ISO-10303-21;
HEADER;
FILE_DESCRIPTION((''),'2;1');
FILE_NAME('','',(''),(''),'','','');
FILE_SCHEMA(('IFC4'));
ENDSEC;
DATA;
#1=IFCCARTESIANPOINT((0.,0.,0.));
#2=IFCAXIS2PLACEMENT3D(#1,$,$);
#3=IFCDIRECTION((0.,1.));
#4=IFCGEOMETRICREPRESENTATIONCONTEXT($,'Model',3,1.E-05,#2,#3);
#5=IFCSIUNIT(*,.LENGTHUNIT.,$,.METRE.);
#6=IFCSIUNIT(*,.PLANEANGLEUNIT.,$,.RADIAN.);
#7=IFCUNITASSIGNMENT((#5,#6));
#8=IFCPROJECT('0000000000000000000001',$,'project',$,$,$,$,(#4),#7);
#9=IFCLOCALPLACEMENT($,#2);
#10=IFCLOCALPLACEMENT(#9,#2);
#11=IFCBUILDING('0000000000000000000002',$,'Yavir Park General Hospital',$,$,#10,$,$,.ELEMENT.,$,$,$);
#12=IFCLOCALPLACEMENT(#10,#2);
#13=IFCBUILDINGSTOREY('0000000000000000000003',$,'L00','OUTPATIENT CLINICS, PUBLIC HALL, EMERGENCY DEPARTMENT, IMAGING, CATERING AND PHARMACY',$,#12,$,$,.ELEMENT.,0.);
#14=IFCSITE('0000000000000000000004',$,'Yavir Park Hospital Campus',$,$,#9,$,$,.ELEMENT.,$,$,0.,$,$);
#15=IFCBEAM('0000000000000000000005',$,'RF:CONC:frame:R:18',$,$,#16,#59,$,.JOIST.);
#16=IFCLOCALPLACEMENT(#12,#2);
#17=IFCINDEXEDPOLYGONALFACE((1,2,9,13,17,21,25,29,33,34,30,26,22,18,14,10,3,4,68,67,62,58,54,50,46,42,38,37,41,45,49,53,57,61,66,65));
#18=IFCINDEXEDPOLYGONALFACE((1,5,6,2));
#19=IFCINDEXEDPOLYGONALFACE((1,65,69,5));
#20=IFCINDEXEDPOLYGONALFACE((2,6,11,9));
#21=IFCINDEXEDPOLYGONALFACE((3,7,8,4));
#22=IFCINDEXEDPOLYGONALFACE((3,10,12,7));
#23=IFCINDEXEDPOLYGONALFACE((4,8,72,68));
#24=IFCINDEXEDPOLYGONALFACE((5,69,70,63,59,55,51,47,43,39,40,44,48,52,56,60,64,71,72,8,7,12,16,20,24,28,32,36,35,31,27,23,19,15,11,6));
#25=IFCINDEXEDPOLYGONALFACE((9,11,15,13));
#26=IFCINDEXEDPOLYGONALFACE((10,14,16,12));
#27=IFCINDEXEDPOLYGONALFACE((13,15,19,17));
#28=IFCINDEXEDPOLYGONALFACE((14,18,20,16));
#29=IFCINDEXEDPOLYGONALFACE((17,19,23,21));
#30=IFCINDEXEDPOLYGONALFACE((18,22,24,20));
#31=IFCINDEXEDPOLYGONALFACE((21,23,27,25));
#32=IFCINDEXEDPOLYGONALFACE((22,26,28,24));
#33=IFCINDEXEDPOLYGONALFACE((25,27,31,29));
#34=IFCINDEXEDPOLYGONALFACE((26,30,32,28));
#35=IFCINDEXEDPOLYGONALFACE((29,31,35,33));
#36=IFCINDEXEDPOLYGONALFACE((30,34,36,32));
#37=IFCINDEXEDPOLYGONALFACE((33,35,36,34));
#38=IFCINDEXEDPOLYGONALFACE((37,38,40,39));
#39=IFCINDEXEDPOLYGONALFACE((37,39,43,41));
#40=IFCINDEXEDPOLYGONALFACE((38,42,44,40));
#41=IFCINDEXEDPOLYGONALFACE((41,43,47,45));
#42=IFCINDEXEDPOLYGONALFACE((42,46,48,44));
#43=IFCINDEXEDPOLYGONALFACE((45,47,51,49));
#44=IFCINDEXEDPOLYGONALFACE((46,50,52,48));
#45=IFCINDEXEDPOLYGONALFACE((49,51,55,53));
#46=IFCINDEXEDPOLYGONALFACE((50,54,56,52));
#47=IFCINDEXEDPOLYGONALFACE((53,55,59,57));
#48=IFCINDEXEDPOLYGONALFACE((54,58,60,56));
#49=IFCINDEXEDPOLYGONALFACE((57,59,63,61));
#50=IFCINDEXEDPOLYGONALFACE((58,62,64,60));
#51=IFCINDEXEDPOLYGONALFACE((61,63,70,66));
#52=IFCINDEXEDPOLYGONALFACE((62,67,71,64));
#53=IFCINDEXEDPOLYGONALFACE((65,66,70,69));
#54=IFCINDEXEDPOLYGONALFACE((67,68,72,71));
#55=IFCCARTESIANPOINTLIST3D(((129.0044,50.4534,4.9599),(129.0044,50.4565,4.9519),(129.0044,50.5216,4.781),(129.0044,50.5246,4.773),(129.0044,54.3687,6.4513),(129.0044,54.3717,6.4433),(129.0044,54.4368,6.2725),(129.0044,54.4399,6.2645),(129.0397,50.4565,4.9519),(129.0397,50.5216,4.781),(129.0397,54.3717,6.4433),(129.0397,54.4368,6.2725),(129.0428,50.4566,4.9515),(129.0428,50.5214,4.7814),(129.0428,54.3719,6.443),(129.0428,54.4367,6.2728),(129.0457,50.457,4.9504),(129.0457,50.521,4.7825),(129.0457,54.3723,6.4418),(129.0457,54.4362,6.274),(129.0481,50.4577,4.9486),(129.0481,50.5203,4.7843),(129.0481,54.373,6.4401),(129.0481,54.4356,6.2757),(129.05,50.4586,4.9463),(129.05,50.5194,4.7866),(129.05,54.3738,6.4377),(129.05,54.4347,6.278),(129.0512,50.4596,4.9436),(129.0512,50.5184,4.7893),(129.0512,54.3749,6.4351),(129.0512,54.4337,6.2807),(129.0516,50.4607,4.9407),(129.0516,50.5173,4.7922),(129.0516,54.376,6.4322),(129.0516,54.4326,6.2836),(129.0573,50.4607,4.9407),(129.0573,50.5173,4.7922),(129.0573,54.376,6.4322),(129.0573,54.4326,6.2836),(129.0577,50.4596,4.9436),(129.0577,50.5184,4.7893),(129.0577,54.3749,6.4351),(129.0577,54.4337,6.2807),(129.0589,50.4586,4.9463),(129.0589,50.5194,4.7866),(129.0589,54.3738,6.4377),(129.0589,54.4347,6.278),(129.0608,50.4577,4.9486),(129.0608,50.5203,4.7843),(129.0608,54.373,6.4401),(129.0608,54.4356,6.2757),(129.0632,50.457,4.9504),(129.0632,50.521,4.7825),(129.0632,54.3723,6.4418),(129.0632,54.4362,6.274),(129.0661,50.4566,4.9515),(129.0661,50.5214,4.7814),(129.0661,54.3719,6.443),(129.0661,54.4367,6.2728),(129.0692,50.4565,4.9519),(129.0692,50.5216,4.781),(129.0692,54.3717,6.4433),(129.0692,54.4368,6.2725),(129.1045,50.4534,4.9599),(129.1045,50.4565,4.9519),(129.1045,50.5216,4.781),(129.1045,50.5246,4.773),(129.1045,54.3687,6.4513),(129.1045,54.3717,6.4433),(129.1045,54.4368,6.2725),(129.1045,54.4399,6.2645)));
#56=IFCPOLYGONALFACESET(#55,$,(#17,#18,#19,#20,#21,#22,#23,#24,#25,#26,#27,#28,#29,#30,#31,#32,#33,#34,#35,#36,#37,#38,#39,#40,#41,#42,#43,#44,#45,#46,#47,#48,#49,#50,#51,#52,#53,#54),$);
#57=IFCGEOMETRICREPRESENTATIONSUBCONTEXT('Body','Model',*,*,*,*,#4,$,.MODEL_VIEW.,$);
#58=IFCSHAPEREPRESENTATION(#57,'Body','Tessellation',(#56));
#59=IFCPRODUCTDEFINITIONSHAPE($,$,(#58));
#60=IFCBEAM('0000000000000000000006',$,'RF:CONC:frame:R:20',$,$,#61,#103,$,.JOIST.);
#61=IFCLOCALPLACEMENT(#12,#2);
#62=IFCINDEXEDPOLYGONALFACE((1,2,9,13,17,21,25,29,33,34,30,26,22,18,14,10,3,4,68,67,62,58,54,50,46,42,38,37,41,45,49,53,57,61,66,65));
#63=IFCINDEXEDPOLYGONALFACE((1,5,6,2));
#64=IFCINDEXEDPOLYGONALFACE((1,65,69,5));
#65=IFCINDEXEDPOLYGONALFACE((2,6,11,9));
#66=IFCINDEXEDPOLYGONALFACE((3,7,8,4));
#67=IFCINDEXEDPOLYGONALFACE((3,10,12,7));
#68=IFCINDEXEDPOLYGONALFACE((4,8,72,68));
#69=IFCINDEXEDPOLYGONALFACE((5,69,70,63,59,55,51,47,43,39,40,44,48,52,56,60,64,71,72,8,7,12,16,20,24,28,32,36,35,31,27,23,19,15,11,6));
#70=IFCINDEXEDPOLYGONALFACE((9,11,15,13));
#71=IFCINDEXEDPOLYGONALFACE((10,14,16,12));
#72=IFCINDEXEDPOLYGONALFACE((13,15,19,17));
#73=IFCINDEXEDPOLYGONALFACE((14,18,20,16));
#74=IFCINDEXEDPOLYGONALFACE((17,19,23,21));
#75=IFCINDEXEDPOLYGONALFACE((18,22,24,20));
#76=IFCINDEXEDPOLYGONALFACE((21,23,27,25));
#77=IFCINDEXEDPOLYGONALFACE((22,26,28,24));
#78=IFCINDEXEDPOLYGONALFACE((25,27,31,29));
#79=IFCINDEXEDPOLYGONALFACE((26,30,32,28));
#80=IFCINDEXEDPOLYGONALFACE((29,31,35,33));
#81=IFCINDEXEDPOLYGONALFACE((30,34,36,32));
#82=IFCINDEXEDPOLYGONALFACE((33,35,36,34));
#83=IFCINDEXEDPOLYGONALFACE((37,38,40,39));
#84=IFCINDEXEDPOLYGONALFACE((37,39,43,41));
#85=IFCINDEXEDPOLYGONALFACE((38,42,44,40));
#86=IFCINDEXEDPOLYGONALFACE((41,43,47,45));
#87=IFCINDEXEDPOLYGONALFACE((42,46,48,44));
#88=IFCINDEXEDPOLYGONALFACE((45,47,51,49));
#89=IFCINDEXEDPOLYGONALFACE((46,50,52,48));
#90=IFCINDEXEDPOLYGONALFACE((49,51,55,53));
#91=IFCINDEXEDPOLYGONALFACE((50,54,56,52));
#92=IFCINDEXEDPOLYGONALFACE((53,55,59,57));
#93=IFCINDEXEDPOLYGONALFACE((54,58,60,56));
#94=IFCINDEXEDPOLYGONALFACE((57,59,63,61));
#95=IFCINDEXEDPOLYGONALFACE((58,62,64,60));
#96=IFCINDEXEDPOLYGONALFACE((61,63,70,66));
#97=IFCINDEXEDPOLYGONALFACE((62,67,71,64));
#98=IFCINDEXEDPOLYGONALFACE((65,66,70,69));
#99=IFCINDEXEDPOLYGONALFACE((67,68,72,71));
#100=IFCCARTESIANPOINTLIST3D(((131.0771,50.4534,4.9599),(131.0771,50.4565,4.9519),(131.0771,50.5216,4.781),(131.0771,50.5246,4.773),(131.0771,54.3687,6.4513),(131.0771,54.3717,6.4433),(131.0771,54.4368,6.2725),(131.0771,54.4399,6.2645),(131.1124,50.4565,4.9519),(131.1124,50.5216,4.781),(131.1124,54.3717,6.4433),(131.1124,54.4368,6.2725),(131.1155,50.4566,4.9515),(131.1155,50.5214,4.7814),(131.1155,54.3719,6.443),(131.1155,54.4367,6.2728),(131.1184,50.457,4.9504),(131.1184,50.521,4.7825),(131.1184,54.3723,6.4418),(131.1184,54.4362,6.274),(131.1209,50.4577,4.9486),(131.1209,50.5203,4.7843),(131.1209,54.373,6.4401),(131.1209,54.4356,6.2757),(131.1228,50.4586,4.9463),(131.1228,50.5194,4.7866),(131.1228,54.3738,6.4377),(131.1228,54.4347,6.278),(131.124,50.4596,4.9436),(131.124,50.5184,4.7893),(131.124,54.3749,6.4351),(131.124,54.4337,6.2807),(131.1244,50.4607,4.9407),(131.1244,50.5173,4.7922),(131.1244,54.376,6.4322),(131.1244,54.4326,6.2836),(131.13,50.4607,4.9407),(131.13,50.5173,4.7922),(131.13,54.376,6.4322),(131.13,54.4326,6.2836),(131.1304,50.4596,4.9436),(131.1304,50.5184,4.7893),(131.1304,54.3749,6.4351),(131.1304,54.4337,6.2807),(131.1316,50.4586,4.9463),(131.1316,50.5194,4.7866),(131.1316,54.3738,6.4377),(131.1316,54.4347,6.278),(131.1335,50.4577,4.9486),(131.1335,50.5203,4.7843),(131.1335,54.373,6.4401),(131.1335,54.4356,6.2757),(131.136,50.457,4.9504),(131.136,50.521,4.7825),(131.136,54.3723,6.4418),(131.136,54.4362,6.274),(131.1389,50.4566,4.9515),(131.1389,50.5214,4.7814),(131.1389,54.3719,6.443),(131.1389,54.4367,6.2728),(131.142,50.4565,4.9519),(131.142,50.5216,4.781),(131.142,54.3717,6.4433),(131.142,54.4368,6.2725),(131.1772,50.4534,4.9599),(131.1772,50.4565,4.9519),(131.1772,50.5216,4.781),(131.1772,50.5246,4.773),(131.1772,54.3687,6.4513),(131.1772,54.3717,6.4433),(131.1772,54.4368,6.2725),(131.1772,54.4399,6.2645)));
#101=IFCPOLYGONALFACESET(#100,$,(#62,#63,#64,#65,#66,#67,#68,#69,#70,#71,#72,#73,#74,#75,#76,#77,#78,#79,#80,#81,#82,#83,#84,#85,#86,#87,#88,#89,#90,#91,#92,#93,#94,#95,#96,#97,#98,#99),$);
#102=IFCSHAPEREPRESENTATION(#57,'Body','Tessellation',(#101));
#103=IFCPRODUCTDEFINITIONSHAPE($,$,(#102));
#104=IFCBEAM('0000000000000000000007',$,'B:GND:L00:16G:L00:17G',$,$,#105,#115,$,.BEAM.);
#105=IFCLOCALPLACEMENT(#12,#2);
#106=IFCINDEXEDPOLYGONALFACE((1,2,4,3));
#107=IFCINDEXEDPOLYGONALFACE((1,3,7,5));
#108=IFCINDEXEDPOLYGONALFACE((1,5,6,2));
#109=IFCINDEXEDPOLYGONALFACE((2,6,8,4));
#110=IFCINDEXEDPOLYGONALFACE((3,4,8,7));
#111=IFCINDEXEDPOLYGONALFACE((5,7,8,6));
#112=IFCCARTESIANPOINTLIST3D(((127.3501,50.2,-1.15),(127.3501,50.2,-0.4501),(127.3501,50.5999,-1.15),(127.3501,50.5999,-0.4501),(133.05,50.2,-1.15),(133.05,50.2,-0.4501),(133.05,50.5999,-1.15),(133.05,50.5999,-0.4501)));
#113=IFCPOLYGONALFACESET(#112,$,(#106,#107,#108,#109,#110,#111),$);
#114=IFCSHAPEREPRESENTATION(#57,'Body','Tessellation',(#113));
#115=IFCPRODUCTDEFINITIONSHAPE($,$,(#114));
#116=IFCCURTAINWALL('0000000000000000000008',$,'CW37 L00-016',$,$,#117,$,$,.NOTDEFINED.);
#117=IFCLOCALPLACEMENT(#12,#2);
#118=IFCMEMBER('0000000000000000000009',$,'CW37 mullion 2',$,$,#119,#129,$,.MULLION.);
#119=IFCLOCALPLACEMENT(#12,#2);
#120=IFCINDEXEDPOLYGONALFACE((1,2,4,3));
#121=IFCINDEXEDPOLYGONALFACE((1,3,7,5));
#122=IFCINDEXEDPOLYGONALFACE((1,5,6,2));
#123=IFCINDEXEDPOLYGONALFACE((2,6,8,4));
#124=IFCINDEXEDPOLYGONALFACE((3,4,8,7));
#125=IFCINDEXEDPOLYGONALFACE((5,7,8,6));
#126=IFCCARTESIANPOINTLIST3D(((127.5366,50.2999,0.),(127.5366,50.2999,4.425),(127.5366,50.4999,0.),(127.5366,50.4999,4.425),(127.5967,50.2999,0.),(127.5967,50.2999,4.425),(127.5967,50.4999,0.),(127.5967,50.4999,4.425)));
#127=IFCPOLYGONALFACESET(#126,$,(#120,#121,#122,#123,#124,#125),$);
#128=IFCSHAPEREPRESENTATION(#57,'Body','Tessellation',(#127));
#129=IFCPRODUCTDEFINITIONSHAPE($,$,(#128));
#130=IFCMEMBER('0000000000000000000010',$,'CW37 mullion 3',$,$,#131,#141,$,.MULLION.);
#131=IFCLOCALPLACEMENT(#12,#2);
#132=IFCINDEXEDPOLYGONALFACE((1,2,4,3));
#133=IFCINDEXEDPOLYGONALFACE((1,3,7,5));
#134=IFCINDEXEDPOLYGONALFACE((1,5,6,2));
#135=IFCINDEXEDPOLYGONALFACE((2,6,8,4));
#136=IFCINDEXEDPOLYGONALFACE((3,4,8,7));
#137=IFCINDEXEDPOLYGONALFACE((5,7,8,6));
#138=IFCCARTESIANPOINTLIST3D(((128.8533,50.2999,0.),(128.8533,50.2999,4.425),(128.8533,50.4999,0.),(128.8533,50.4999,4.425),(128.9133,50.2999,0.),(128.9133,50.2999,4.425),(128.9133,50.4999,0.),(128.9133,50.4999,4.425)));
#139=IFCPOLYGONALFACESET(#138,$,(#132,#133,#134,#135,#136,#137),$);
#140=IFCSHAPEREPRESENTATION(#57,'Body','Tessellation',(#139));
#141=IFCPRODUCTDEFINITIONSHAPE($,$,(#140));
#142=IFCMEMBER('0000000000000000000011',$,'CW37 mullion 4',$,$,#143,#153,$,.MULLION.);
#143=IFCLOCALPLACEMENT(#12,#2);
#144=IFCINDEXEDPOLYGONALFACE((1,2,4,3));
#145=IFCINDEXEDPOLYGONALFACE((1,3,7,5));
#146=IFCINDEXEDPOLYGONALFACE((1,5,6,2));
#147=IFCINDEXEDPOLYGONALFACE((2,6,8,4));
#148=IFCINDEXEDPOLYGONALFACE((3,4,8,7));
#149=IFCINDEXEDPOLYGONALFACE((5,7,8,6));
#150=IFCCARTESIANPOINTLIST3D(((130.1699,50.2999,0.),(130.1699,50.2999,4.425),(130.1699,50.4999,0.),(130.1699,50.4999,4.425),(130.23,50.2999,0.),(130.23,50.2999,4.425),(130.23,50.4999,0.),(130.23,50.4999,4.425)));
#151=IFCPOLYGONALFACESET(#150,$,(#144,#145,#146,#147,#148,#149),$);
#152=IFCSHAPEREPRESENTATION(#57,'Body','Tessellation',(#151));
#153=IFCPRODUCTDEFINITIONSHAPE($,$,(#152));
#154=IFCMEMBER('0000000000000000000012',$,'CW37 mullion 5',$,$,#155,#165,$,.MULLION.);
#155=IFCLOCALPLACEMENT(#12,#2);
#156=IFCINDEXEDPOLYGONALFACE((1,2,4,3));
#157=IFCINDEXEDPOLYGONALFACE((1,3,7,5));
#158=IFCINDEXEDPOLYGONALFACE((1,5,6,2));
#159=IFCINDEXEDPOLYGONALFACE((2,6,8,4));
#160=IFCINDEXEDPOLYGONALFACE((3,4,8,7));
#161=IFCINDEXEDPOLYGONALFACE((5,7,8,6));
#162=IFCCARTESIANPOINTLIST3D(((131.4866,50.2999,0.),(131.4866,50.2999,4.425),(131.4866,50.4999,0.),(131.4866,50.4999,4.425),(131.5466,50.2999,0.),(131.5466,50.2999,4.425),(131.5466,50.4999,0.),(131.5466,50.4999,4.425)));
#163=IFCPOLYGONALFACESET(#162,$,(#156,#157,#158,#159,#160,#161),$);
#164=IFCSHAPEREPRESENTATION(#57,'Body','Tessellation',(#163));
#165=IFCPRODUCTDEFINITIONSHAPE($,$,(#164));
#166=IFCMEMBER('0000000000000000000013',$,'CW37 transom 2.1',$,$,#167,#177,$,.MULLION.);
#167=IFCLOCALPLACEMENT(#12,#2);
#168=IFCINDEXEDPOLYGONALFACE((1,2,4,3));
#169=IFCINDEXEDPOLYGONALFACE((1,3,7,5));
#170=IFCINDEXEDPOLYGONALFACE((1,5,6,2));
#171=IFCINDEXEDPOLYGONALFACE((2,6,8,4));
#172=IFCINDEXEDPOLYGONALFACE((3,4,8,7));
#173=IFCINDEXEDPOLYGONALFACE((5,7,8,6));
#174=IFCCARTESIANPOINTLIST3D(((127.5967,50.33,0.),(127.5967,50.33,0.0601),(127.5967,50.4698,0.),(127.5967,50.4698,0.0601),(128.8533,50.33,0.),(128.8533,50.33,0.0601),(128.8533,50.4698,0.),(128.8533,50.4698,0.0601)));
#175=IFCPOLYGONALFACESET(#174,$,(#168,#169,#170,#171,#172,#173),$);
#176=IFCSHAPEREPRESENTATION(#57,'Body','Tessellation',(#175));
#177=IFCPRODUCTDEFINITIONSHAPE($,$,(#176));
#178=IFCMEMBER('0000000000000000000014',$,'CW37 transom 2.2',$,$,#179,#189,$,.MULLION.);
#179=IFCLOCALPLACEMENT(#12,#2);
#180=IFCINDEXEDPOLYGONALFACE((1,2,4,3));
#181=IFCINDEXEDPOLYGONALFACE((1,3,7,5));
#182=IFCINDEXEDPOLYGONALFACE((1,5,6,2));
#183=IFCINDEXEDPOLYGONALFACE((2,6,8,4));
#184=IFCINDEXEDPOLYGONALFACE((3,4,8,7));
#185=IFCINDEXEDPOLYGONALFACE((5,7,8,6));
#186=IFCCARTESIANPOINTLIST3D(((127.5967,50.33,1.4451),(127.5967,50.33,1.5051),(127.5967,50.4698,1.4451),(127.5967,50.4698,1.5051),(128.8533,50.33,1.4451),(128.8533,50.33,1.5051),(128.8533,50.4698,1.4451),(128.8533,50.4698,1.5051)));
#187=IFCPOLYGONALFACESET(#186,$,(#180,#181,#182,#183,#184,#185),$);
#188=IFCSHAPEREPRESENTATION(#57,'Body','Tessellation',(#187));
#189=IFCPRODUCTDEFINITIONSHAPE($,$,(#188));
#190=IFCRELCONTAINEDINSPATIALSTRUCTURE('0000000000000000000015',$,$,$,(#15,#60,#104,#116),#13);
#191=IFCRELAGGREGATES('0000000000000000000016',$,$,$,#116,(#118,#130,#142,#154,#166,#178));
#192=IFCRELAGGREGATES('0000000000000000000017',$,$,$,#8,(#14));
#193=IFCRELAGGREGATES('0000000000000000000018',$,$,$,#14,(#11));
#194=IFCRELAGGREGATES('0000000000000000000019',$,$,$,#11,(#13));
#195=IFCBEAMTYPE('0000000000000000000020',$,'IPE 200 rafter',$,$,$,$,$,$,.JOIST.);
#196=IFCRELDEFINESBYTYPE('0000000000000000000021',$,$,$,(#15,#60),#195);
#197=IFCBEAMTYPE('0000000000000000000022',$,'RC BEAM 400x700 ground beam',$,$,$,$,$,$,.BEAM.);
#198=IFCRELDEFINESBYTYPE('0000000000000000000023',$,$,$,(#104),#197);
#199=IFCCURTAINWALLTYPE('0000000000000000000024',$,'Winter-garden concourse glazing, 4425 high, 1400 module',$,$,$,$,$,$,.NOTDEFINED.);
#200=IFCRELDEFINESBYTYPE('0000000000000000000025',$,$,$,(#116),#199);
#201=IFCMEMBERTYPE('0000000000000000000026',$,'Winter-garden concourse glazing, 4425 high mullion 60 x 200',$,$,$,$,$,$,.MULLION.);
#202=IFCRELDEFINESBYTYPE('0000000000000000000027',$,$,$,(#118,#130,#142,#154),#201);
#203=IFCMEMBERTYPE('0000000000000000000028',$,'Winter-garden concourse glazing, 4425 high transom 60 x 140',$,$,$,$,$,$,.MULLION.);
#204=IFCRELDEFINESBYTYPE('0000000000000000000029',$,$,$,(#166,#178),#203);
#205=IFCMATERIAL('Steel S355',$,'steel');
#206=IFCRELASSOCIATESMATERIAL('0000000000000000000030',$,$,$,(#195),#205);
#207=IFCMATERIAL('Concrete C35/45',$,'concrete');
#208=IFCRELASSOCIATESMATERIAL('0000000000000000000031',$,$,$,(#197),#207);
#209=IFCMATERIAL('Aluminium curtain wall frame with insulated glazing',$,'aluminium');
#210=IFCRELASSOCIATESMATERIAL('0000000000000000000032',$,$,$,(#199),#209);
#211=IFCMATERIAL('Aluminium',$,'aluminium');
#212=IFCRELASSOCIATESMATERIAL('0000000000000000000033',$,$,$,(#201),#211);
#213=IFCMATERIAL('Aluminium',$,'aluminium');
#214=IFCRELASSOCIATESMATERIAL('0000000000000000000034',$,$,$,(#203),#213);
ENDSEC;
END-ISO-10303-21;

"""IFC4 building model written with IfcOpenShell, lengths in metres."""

from ifc_helpers import new_model, si_unit, direction, frame, origin, origin_2d, place, context, subcontext, project, spatial, rectangle, i_section, extrude, material, material_profile, profile_set, type_object, element, aggregate, save


model = new_model("IFC4")

# Units and contexts
model_context = context("Model", 3, precision=1e-05, world=origin(), true_north=direction((0.0, 1.0)))
body_context = subcontext(model_context, "Body", "Model", "MODEL_VIEW")
ifc_project = project(units=[si_unit("LENGTHUNIT", "METRE"), si_unit("PLANEANGLEUNIT", "RADIAN")], contexts=[model_context])

# Site, building, storey
site_placement = place(None, origin())
site = spatial("IfcSite", under=ifc_project, at=site_placement, Name="Yavir Park Hospital Campus", CompositionType="ELEMENT", RefElevation=0.0)
building_placement = place(site_placement, origin())
building = spatial("IfcBuilding", under=site, at=building_placement, Name="Yavir Park General Hospital", CompositionType="ELEMENT")
storey_placement = place(building_placement, origin())
storey = spatial("IfcBuildingStorey", under=building, at=storey_placement, Name="L00", Description="OUTPATIENT CLINICS, PUBLIC HALL, EMERGENCY DEPARTMENT, IMAGING, CATERING AND PHARMACY", CompositionType="ELEMENT", Elevation=0.0)

# Beams
ifc_material_1 = material(Name="Steel S355", Category="steel")
ifc_material_profile_1 = material_profile(ifc_material_1, i_section(OverallWidth=0.1001, OverallDepth=0.2, WebThickness=0.0056, FlangeThickness=0.0085, FilletRadius=0.012, at=origin_2d()), Name="IPE200")
ifc_profile_set_1 = profile_set([ifc_material_profile_1], Name="Steel S355")
beam_type_1 = type_object("IfcBeamType", Name="IPE 200 rafter", PredefinedType="JOIST", material=ifc_profile_set_1)
for number, where, z_axis, x_axis, name in (
    (1, (129.0544, 50.489, 4.8665), (0.0, 0.934494, 0.355978), (-1.0, 0.0, 0.0), "RF:CONC:frame:R:18"),
    (2, (131.1272, 50.489, 4.8665), (0.0, 0.934494, 0.355978), (-1.0, 0.0, 0.0), "RF:CONC:frame:R:20"),
):
    element("IfcBeam", number, at=place(storey_placement, frame(where, z_axis=z_axis, x_axis=x_axis)), inside=storey, type_object=beam_type_1, Name=name, PredefinedType="JOIST", context=body_context, shape_type="SweptSolid", body=[
        extrude(i_section(OverallWidth=0.1001, OverallDepth=0.2, WebThickness=0.0056, FlangeThickness=0.0085, FilletRadius=0.012, at=origin_2d()), origin(), (0.0, 0.0, 1.0), 4.1897),
    ])
ifc_material_2 = material(Name="Concrete C35/45", Category="concrete")
ifc_material_profile_2 = material_profile(ifc_material_2, rectangle(XDim=0.3999, YDim=0.7, at=origin_2d()), Name="RC400x700")
ifc_profile_set_2 = profile_set([ifc_material_profile_2], Name="Concrete C35/45")
beam_type_2 = type_object("IfcBeamType", Name="RC BEAM 400x700 ground beam", PredefinedType="BEAM", material=ifc_profile_set_2)
beam_placement = place(storey_placement, frame((127.3501, 50.3999, -0.8), z_axis=(1.0, 0.0, 0.0), x_axis=(0.0, 1.0, 0.0)))
element("IfcBeam", 3, at=beam_placement, inside=storey, type_object=beam_type_2, Name="B:GND:L00:16G:L00:17G", PredefinedType="BEAM", context=body_context, shape_type="SweptSolid", body=[
    extrude(rectangle(XDim=0.3999, YDim=0.7, at=origin_2d()), origin(), (0.0, 0.0, 1.0), 5.7),
])

# Curtain wall, members
ifc_material_3 = material(Name="Aluminium curtain wall frame with insulated glazing", Category="aluminium")
curtain_wall_type = type_object("IfcCurtainWallType", Name="Winter-garden concourse glazing, 4425 high, 1400 module", PredefinedType="NOTDEFINED", material=ifc_material_3)
curtain_wall_placement = place(storey_placement, origin())
curtain_wall = element("IfcCurtainWall", 4, at=curtain_wall_placement, inside=storey, type_object=curtain_wall_type, Name="CW37 L00-016", PredefinedType="NOTDEFINED")
ifc_material_4 = material(Name="Aluminium", Category="aluminium")
ifc_material_profile_3 = material_profile(ifc_material_4, rectangle(XDim=0.2, YDim=0.0601, at=origin_2d()), Name="AL 60x200")
ifc_profile_set_3 = profile_set([ifc_material_profile_3], Name="Aluminium")
member_type_1 = type_object("IfcMemberType", Name="Winter-garden concourse glazing, 4425 high mullion 60 x 200", PredefinedType="MULLION", material=ifc_profile_set_3)
member_1_placement = place(storey_placement, frame((127.5667, 50.3999, 0.0), z_axis=(0.0, 0.0, 1.0), x_axis=(0.0, 1.0, 0.0)))
member_1 = element("IfcMember", 5, at=member_1_placement, type_object=member_type_1, Name="CW37 mullion 2", PredefinedType="MULLION", context=body_context, shape_type="SweptSolid", body=[
    extrude(rectangle(XDim=0.2, YDim=0.0601, at=origin_2d()), origin(), (0.0, 0.0, 1.0), 4.425),
])
member_2_placement = place(storey_placement, frame((128.8833, 50.3999, 0.0), z_axis=(0.0, 0.0, 1.0), x_axis=(0.0, 1.0, 0.0)))
member_2 = element("IfcMember", 6, at=member_2_placement, type_object=member_type_1, Name="CW37 mullion 3", PredefinedType="MULLION", context=body_context, shape_type="SweptSolid", body=[
    extrude(rectangle(XDim=0.2, YDim=0.0601, at=origin_2d()), origin(), (0.0, 0.0, 1.0), 4.425),
])
member_3_placement = place(storey_placement, frame((130.2, 50.3999, 0.0), z_axis=(0.0, 0.0, 1.0), x_axis=(0.0, 1.0, 0.0)))
member_3 = element("IfcMember", 7, at=member_3_placement, type_object=member_type_1, Name="CW37 mullion 4", PredefinedType="MULLION", context=body_context, shape_type="SweptSolid", body=[
    extrude(rectangle(XDim=0.2, YDim=0.0601, at=origin_2d()), origin(), (0.0, 0.0, 1.0), 4.425),
])
member_4_placement = place(storey_placement, frame((131.5166, 50.3999, 0.0), z_axis=(0.0, 0.0, 1.0), x_axis=(0.0, 1.0, 0.0)))
member_4 = element("IfcMember", 8, at=member_4_placement, type_object=member_type_1, Name="CW37 mullion 5", PredefinedType="MULLION", context=body_context, shape_type="SweptSolid", body=[
    extrude(rectangle(XDim=0.2, YDim=0.0601, at=origin_2d()), origin(), (0.0, 0.0, 1.0), 4.425),
])
ifc_material_5 = material(Name="Aluminium", Category="aluminium")
ifc_material_profile_4 = material_profile(ifc_material_5, rectangle(XDim=0.1399, YDim=0.0601, at=origin_2d()), Name="AL 140x60")
ifc_profile_set_4 = profile_set([ifc_material_profile_4], Name="Aluminium")
member_type_2 = type_object("IfcMemberType", Name="Winter-garden concourse glazing, 4425 high transom 60 x 140", PredefinedType="MULLION", material=ifc_profile_set_4)
member_5_placement = place(storey_placement, frame((127.5967, 50.3999, 0.03), z_axis=(1.0, 0.0, 0.0), x_axis=(0.0, 1.0, 0.0)))
member_5 = element("IfcMember", 9, at=member_5_placement, type_object=member_type_2, Name="CW37 transom 2.1", PredefinedType="MULLION", context=body_context, shape_type="SweptSolid", body=[
    extrude(rectangle(XDim=0.1399, YDim=0.0601, at=origin_2d()), origin(), (0.0, 0.0, 1.0), 1.2566),
])
member_6_placement = place(storey_placement, frame((127.5967, 50.3999, 1.4751), z_axis=(1.0, 0.0, 0.0), x_axis=(0.0, 1.0, 0.0)))
member_6 = element("IfcMember", 10, at=member_6_placement, type_object=member_type_2, Name="CW37 transom 2.2", PredefinedType="MULLION", context=body_context, shape_type="SweptSolid", body=[
    extrude(rectangle(XDim=0.1399, YDim=0.0601, at=origin_2d()), origin(), (0.0, 0.0, 1.0), 1.2566),
])
aggregate(curtain_wall, [member_1, member_2, member_3, member_4, member_5, member_6])

save(model, "model.ifc")
